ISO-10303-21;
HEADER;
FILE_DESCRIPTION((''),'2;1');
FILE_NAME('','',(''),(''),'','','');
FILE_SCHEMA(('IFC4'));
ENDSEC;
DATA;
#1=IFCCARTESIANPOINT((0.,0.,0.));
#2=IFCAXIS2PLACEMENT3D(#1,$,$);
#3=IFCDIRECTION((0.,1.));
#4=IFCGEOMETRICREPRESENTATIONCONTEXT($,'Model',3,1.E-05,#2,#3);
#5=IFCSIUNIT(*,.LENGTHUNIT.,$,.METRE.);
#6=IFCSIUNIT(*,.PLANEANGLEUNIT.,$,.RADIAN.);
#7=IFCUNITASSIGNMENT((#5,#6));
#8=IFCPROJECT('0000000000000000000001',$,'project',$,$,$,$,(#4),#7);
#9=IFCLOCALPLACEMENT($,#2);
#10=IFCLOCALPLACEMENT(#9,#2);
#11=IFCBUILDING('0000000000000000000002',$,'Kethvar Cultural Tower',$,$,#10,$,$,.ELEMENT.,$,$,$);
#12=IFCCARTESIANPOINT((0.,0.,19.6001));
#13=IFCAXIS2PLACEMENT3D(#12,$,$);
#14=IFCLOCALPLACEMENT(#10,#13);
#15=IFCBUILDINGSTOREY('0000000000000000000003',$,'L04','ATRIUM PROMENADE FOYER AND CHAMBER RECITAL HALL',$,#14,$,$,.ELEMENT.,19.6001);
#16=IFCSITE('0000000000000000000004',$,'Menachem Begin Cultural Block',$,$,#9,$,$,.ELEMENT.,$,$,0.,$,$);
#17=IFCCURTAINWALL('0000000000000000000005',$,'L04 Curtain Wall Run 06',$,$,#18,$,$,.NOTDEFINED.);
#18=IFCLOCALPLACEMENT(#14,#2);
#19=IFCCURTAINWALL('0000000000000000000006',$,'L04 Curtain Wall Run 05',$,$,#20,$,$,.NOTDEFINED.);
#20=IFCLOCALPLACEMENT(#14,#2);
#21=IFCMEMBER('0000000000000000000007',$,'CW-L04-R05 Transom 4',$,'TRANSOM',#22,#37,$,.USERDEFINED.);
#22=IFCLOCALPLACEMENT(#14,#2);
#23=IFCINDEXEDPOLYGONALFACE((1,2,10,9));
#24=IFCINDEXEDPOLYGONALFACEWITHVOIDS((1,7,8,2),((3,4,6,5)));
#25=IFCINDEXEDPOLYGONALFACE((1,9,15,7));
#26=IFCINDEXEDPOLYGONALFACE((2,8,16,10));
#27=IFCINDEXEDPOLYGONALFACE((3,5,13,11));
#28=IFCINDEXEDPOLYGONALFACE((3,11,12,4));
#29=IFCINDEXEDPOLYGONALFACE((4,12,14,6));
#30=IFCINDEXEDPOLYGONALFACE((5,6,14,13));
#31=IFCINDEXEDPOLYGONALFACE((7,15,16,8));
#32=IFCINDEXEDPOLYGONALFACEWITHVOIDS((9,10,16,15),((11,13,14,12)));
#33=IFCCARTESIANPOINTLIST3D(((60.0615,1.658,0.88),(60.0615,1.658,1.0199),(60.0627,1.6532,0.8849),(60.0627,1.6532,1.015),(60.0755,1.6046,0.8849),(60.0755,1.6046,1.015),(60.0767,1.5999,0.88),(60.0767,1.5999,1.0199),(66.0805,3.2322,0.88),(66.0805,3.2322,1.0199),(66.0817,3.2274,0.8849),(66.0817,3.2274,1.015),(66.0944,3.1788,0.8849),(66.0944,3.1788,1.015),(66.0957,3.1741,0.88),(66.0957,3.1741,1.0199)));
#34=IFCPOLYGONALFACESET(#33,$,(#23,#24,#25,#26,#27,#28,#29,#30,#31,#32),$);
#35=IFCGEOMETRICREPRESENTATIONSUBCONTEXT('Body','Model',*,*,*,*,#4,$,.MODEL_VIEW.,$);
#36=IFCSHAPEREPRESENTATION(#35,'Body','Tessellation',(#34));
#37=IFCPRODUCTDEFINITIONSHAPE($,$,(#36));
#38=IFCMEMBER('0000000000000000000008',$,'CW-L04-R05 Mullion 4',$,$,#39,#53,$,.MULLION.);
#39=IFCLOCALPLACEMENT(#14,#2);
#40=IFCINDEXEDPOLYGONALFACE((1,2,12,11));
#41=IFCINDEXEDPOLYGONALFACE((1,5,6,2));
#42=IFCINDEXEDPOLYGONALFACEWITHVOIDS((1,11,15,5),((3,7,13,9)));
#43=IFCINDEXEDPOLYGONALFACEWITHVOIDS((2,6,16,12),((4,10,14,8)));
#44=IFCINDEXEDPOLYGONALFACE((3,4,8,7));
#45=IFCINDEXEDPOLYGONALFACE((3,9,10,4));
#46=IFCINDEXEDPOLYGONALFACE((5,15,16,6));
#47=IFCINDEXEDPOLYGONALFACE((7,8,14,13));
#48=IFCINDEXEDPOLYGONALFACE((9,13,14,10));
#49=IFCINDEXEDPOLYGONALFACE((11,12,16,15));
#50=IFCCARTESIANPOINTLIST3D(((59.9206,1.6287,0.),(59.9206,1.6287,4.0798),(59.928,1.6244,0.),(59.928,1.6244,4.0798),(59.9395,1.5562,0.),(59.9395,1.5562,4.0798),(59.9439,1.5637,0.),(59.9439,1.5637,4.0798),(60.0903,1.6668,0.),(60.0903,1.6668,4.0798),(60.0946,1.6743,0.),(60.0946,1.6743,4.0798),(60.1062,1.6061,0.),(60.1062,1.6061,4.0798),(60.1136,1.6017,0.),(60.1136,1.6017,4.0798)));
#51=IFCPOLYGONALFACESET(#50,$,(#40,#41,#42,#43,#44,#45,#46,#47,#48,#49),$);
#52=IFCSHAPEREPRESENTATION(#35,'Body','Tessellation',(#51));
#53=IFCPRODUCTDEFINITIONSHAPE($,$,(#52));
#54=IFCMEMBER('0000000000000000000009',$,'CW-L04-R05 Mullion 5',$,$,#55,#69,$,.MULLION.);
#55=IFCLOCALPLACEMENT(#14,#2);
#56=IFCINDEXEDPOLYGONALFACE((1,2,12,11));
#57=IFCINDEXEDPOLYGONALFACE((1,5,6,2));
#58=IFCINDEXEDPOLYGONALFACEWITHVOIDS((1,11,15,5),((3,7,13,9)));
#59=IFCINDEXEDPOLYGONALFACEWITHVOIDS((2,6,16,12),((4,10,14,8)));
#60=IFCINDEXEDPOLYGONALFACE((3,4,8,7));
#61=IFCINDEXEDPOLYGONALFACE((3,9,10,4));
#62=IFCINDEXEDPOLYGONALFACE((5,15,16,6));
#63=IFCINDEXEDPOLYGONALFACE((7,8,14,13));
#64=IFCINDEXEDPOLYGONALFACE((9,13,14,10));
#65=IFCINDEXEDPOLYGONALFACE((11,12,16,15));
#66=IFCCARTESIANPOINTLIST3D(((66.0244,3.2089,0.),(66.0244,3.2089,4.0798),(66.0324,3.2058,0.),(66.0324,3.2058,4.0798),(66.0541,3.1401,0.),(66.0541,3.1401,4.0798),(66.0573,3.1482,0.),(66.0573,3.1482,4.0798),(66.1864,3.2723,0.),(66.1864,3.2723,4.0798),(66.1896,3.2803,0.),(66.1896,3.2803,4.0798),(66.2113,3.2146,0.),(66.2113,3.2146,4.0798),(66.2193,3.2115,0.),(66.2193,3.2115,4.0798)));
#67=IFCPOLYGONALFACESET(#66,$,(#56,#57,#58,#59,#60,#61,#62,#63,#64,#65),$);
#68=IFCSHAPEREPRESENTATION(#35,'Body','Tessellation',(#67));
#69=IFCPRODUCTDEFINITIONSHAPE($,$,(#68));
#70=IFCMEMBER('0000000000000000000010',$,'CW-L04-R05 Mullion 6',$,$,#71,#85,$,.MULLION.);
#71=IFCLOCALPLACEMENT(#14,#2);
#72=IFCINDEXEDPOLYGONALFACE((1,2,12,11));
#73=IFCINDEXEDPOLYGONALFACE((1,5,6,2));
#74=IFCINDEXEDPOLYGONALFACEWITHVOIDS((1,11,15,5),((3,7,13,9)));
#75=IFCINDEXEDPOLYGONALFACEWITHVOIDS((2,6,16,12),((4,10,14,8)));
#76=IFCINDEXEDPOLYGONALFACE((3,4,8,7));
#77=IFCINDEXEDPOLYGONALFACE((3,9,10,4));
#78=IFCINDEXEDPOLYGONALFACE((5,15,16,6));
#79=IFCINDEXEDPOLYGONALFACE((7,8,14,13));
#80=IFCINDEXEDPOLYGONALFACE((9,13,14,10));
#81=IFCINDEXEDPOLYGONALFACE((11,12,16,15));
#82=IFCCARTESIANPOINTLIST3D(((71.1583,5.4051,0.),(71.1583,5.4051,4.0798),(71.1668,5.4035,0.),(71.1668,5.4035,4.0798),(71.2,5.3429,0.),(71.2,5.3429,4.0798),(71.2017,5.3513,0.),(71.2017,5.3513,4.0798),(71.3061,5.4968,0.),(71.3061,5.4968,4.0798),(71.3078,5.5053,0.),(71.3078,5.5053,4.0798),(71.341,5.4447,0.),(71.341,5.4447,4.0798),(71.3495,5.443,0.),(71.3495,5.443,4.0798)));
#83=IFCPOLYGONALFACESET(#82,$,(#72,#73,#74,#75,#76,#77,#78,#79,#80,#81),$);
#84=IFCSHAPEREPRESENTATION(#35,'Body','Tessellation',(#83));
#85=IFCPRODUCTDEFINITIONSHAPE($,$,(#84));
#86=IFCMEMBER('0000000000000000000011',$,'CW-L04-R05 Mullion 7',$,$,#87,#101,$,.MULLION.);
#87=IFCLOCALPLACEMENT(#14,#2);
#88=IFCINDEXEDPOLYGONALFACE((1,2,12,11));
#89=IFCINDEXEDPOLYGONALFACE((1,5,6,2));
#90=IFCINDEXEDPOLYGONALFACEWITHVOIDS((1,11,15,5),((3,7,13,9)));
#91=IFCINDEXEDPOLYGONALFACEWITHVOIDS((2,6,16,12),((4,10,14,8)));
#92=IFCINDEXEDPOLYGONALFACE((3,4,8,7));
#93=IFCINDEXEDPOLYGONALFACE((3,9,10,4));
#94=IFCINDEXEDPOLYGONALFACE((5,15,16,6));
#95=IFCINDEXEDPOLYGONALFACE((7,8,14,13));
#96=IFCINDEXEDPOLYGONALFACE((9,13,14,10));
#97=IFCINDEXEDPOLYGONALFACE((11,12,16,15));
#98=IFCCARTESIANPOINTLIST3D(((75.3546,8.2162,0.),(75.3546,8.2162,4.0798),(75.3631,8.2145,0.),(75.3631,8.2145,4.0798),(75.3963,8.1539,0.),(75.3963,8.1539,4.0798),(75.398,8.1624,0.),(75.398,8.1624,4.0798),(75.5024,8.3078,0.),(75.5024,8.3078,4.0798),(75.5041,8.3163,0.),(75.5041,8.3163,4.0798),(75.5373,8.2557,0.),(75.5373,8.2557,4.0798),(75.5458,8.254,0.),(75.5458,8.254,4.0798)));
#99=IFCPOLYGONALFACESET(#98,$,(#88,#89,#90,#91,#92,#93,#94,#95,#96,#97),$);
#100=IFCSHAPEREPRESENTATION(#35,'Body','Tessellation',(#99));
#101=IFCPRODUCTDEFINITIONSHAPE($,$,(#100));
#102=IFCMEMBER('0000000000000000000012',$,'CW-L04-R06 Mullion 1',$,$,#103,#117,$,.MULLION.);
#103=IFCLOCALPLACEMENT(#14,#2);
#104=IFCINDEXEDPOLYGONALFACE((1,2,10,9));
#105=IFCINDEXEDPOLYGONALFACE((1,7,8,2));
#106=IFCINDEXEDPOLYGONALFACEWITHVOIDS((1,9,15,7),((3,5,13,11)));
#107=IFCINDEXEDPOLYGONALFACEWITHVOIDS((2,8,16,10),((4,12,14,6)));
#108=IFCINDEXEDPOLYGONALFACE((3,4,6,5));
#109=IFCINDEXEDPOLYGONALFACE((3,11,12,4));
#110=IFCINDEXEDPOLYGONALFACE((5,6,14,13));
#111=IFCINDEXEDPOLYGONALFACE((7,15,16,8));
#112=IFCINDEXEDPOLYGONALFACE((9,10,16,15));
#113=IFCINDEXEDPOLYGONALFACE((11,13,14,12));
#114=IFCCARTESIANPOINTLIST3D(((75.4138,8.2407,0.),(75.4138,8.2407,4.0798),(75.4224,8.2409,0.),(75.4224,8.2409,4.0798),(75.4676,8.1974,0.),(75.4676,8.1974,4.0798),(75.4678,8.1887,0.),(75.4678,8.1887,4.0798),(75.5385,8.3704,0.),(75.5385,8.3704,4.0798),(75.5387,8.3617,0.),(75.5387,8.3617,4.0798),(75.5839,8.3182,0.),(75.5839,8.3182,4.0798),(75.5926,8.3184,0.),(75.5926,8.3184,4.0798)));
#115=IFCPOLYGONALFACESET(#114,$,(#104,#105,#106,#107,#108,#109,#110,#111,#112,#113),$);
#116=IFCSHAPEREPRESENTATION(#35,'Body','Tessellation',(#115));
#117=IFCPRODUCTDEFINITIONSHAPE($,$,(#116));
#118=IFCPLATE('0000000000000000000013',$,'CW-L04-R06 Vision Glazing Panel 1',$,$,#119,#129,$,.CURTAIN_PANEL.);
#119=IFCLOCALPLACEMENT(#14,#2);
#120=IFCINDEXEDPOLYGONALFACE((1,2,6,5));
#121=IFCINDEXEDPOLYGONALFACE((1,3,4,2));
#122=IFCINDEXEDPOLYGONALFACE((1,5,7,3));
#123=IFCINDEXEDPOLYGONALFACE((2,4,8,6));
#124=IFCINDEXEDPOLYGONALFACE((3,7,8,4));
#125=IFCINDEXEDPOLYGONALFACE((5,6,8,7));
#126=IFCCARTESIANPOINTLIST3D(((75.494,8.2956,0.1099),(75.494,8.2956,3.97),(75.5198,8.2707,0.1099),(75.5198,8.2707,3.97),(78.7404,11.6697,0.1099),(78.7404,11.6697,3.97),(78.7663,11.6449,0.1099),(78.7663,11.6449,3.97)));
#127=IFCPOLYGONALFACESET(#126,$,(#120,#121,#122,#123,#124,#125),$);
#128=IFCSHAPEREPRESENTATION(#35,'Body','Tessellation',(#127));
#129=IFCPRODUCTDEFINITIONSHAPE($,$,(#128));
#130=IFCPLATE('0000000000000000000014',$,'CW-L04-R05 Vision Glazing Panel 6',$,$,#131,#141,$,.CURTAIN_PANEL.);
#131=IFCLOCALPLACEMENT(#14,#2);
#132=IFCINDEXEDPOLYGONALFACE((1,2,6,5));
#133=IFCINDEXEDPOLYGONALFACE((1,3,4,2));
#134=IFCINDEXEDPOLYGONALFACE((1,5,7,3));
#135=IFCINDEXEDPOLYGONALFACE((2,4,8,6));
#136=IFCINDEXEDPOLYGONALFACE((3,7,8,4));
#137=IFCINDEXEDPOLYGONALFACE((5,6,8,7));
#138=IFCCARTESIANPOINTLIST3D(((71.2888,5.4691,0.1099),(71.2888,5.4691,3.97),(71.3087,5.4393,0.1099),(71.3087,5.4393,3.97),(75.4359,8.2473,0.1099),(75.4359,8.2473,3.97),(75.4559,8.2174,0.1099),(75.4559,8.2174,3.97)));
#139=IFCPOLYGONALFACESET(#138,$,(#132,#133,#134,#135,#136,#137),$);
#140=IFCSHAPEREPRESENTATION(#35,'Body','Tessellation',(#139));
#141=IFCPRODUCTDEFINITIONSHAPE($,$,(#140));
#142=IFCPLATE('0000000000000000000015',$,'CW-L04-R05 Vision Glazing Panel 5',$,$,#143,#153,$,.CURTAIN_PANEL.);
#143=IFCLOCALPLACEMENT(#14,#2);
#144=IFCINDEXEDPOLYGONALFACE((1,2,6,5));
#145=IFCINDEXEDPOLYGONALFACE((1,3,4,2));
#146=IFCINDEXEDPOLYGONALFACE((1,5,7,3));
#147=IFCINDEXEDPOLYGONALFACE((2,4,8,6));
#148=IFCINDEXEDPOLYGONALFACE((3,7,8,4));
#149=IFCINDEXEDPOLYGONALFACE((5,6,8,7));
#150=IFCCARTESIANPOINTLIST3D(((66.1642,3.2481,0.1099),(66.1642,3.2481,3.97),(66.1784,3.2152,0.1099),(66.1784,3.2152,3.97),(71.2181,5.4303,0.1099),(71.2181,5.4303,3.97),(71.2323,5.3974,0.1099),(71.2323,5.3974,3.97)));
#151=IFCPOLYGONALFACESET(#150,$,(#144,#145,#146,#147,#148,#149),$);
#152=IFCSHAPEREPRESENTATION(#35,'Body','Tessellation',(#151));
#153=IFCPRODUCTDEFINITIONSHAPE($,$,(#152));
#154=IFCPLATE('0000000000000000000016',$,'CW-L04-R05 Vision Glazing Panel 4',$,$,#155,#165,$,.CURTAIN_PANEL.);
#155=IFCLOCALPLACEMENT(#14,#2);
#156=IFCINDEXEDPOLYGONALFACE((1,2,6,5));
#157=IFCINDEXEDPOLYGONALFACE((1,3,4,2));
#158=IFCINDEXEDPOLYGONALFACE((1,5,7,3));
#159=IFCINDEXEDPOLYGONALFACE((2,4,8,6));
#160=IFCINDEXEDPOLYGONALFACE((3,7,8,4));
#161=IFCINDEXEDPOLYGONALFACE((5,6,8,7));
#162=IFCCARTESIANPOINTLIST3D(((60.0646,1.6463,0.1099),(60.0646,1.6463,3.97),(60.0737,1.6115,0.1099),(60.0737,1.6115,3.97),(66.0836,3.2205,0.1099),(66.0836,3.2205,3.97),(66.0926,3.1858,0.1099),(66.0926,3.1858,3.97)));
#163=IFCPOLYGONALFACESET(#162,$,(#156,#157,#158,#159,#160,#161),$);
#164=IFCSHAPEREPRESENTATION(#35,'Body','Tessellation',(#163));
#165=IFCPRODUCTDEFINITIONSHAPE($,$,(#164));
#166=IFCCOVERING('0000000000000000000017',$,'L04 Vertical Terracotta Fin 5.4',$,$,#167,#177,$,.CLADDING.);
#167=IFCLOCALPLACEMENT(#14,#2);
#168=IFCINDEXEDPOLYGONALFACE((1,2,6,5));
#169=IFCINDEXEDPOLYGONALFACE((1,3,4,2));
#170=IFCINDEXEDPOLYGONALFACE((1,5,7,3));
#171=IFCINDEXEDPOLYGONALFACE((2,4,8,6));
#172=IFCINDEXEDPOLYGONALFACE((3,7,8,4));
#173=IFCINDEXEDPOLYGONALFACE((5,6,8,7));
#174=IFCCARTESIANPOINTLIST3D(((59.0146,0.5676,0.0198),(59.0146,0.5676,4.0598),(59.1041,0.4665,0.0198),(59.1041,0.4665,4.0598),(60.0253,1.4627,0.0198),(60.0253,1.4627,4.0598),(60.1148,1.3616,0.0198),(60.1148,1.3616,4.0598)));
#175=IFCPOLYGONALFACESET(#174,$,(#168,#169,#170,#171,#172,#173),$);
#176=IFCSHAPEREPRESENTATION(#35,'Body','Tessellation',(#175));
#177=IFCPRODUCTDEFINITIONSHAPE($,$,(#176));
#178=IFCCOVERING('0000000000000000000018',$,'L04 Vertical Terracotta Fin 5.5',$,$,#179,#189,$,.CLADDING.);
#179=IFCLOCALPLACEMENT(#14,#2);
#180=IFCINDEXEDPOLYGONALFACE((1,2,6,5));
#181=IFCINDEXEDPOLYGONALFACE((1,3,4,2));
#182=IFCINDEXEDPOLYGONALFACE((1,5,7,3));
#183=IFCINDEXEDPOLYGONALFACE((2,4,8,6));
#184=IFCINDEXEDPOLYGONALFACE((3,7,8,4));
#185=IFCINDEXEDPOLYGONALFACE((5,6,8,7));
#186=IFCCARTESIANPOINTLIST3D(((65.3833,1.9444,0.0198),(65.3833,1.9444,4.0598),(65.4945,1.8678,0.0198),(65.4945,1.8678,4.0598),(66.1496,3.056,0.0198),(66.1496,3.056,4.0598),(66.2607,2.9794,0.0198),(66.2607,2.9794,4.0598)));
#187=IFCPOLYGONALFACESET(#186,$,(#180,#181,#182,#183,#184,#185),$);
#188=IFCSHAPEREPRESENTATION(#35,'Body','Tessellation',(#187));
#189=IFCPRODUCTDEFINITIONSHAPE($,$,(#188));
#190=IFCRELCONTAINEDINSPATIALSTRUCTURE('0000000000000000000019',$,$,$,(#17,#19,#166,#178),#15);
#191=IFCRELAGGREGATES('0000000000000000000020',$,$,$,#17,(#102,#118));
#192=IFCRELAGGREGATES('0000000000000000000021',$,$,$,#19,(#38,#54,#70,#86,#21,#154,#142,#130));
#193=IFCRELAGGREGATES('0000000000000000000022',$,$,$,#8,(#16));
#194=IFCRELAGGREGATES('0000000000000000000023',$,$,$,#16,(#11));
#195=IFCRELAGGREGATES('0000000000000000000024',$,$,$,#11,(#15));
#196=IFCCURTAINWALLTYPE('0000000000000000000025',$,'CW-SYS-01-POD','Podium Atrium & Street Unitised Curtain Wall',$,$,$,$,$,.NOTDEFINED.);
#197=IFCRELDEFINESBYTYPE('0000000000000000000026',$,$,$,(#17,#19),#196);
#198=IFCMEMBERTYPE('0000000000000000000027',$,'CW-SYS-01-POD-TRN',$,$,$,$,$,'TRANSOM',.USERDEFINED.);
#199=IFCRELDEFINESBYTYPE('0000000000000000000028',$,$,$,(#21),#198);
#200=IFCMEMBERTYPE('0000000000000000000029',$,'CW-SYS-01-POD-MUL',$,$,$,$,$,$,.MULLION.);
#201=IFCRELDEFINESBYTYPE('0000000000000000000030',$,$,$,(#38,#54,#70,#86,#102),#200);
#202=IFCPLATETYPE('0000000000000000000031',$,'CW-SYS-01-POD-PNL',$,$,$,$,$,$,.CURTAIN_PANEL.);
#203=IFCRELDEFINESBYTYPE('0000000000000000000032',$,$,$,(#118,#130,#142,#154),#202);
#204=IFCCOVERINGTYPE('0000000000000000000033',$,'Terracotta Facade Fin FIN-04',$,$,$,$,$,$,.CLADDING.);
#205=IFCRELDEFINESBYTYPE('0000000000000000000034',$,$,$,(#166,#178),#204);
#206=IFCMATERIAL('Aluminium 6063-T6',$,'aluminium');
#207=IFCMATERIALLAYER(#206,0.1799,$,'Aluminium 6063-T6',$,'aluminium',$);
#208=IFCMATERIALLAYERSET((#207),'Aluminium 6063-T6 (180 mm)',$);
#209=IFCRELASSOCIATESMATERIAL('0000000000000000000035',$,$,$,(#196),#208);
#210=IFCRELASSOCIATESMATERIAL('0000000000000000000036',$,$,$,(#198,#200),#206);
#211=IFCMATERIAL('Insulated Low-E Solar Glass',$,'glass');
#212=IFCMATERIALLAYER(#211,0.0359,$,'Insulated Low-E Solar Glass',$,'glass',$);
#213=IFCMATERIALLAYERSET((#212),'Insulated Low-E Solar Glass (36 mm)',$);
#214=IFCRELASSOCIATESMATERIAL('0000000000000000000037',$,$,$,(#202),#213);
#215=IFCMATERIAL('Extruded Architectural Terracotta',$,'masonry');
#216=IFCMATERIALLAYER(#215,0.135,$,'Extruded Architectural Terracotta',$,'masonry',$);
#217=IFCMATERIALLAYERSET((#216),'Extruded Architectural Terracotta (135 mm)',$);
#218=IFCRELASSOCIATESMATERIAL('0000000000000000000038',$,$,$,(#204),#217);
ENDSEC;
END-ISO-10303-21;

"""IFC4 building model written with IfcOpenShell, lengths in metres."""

from ifc_helpers import new_model, si_unit, direction, frame, origin, origin_2d, place, context, subcontext, project, spatial, rectangle, hollow_rectangle, extrude, source, transform, mapped, material, layer, layer_set, material_profile, profile_set, type_object, element, aggregate, save


model = new_model("IFC4")

# Units and contexts
model_context = context("Model", 3, precision=1e-05, world=origin(), true_north=direction((0.0, 1.0)))
body_context = subcontext(model_context, "Body", "Model", "MODEL_VIEW")
ifc_project = project(units=[si_unit("LENGTHUNIT", "METRE"), si_unit("PLANEANGLEUNIT", "RADIAN")], contexts=[model_context])

# Site, building, storey
site_placement = place(None, origin())
site = spatial("IfcSite", under=ifc_project, at=site_placement, Name="Menachem Begin Cultural Block", CompositionType="ELEMENT", RefElevation=0.0)
building_placement = place(site_placement, origin())
building = spatial("IfcBuilding", under=site, at=building_placement, Name="Kethvar Cultural Tower", CompositionType="ELEMENT")
storey_placement = place(building_placement, frame((0.0, 0.0, 19.6001)))
storey = spatial("IfcBuildingStorey", under=building, at=storey_placement, Name="L04", Description="ATRIUM PROMENADE FOYER AND CHAMBER RECITAL HALL", CompositionType="ELEMENT", Elevation=19.6001)

# Curtain wall
ifc_material_1 = material(Name="Aluminium 6063-T6", Category="aluminium")
ifc_layer_1 = layer(ifc_material_1, 0.1799, Name="Aluminium 6063-T6", Category="aluminium")
ifc_layer_set_1 = layer_set([ifc_layer_1], Name="Aluminium 6063-T6 (180 mm)")
curtain_wall_type = type_object("IfcCurtainWallType", Name="CW-SYS-01-POD", Description="Podium Atrium & Street Unitised Curtain Wall", PredefinedType="NOTDEFINED", material=ifc_layer_set_1)
curtain_wall_1_placement = place(storey_placement, origin())
curtain_wall_1 = element("IfcCurtainWall", 1, at=curtain_wall_1_placement, inside=storey, type_object=curtain_wall_type, Name="L04 Curtain Wall Run 06", PredefinedType="NOTDEFINED")
ifc_material_profile_1 = material_profile(ifc_material_1, hollow_rectangle(XDim=0.0601, YDim=0.1399, WallThickness=0.0049, at=origin_2d()), Name="Aluminium 6063-T6 — RHS140x60x5")
ifc_profile_set_1 = profile_set([ifc_material_profile_1], Name="Aluminium 6063-T6 — RHS140x60x5")
member_type_1 = type_object("IfcMemberType", Name="CW-SYS-01-POD-TRN", ElementType="TRANSOM", PredefinedType="USERDEFINED", material=ifc_profile_set_1)

# Curtain wall, members
curtain_wall_2_placement = place(storey_placement, origin())
curtain_wall_2 = element("IfcCurtainWall", 2, at=curtain_wall_2_placement, inside=storey, type_object=curtain_wall_type, Name="L04 Curtain Wall Run 05", PredefinedType="NOTDEFINED")
shared_shape_1 = source(origin(), body_context, "Body", "SweptSolid", [
    extrude(hollow_rectangle(XDim=0.0601, YDim=0.1399, WallThickness=0.0049, at=origin_2d()), origin(), (0.0, 0.0, 1.0), 6.2214),
])
member_1_placement = place(storey_placement, frame((60.0691, 1.6289, 0.95), z_axis=(0.967459, 0.253029, 0.0), x_axis=(-0.253029, 0.967459, 0.0)))
member_1 = element("IfcMember", 3, at=member_1_placement, type_object=member_type_1, Name="CW-L04-R05 Transom 4", ObjectType="TRANSOM", PredefinedType="USERDEFINED", context=body_context, shape_type="MappedRepresentation", body=[
    mapped(shared_shape_1, transform((0.0, 0.0, 0.0), scale=1.0)),
])
ifc_material_profile_2 = material_profile(ifc_material_1, hollow_rectangle(XDim=0.075, YDim=0.1799, WallThickness=0.0061, at=origin_2d()), Name="Aluminium 6063-T6 — RHS180x75x6")
ifc_profile_set_2 = profile_set([ifc_material_profile_2], Name="Aluminium 6063-T6 — RHS180x75x6")
member_type_2 = type_object("IfcMemberType", Name="CW-SYS-01-POD-MUL", PredefinedType="MULLION", material=ifc_profile_set_2)
shared_shape_2 = source(origin(), body_context, "Body", "SweptSolid", [
    extrude(hollow_rectangle(XDim=0.075, YDim=0.1799, WallThickness=0.0061, at=origin_2d()), origin(), (0.0, 0.0, 1.0), 4.0798),
])
member_2_placement = place(storey_placement, frame((60.0171, 1.6152, 0.0), z_axis=(0.0, 0.0, 1.0), x_axis=(-0.253032, 0.967458, 0.0)))
member_2 = element("IfcMember", 4, at=member_2_placement, type_object=member_type_2, Name="CW-L04-R05 Mullion 4", PredefinedType="MULLION", context=body_context, shape_type="MappedRepresentation", body=[
    mapped(shared_shape_2, transform((0.0, 0.0, 0.0), scale=1.0)),
])
member_3_placement = place(storey_placement, frame((66.1218, 3.2102, 0.0), z_axis=(0.0, 0.0, 1.0), x_axis=(-0.396411, 0.918073, 0.0)))
member_3 = element("IfcMember", 5, at=member_3_placement, type_object=member_type_2, Name="CW-L04-R05 Mullion 5", PredefinedType="MULLION", context=body_context, shape_type="MappedRepresentation", body=[
    mapped(shared_shape_2, transform((0.0, 0.0, 0.0), scale=1.0)),
])
member_4_placement = place(storey_placement, frame((71.2539, 5.4241, 0.0), z_axis=(0.0, 0.0, 1.0), x_axis=(-0.556557, 0.83081, 0.0)))
member_4 = element("IfcMember", 6, at=member_4_placement, type_object=member_type_2, Name="CW-L04-R05 Mullion 6", PredefinedType="MULLION", context=body_context, shape_type="MappedRepresentation", body=[
    mapped(shared_shape_2, transform((0.0, 0.0, 0.0), scale=1.0)),
])
member_5_placement = place(storey_placement, frame((75.4502, 8.2351, 0.0), z_axis=(0.0, 0.0, 1.0), x_axis=(-0.556557, 0.83081, 0.0)))
member_5 = element("IfcMember", 7, at=member_5_placement, type_object=member_type_2, Name="CW-L04-R05 Mullion 7", PredefinedType="MULLION", context=body_context, shape_type="MappedRepresentation", body=[
    mapped(shared_shape_2, transform((0.0, 0.0, 0.0), scale=1.0)),
])

# Member
member_6_placement = place(storey_placement, frame((75.5032, 8.2795, 0.0), z_axis=(0.0, 0.0, 1.0), x_axis=(-0.720612, 0.693339, 0.0)))
member_6 = element("IfcMember", 8, at=member_6_placement, type_object=member_type_2, Name="CW-L04-R06 Mullion 1", PredefinedType="MULLION", context=body_context, shape_type="MappedRepresentation", body=[
    mapped(shared_shape_2, transform((0.0, 0.0, 0.0), scale=1.0)),
])

# Plates
ifc_material_2 = material(Name="Insulated Low-E Solar Glass", Category="glass")
ifc_layer_2 = layer(ifc_material_2, 0.0359, Name="Insulated Low-E Solar Glass", Category="glass")
ifc_layer_set_2 = layer_set([ifc_layer_2], Name="Insulated Low-E Solar Glass (36 mm)")
plate_type = type_object("IfcPlateType", Name="CW-SYS-01-POD-PNL", PredefinedType="CURTAIN_PANEL", material=ifc_layer_set_2)
shared_shape_3 = source(origin(), body_context, "Body", "SweptSolid", [
    extrude(rectangle(XDim=4.6824, YDim=0.0359, at=origin_2d()), origin(), (0.0, 0.0, 1.0), 3.8601),
])
plate_1_placement = place(storey_placement, frame((77.1301, 9.9702, 0.1099), z_axis=(0.0, 0.0, 1.0), x_axis=(0.693339, 0.720612, 0.0)))
plate_1 = element("IfcPlate", 9, at=plate_1_placement, type_object=plate_type, Name="CW-L04-R06 Vision Glazing Panel 1", PredefinedType="CURTAIN_PANEL", context=body_context, shape_type="MappedRepresentation", body=[
    mapped(shared_shape_3, transform((0.0, 0.0, 0.0), scale=1.0)),
])
aggregate(curtain_wall_1, [member_6, plate_1])
shared_shape_4 = source(origin(), body_context, "Body", "SweptSolid", [
    extrude(rectangle(XDim=4.9917, YDim=0.0359, at=origin_2d()), origin(), (0.0, 0.0, 1.0), 3.8601),
])
plate_2_placement = place(storey_placement, frame((73.3723, 6.8433, 0.1099), z_axis=(0.0, 0.0, 1.0), x_axis=(0.83081, 0.556557, 0.0)))
plate_2 = element("IfcPlate", 10, at=plate_2_placement, type_object=plate_type, Name="CW-L04-R05 Vision Glazing Panel 6", PredefinedType="CURTAIN_PANEL", context=body_context, shape_type="MappedRepresentation", body=[
    mapped(shared_shape_4, transform((0.0, 0.0, 0.0), scale=1.0)),
])
shared_shape_5 = source(origin(), body_context, "Body", "SweptSolid", [
    extrude(rectangle(XDim=5.5049, YDim=0.0359, at=origin_2d()), origin(), (0.0, 0.0, 1.0), 3.8601),
])
plate_3_placement = place(storey_placement, frame((68.6982, 4.3228, 0.1099), z_axis=(0.0, 0.0, 1.0), x_axis=(0.918073, 0.396411, 0.0)))
plate_3 = element("IfcPlate", 11, at=plate_3_placement, type_object=plate_type, Name="CW-L04-R05 Vision Glazing Panel 5", PredefinedType="CURTAIN_PANEL", context=body_context, shape_type="MappedRepresentation", body=[
    mapped(shared_shape_5, transform((0.0, 0.0, 0.0), scale=1.0)),
])
shared_shape_6 = source(origin(), body_context, "Body", "SweptSolid", [
    extrude(rectangle(XDim=6.2214, YDim=0.0359, at=origin_2d()), origin(), (0.0, 0.0, 1.0), 3.8601),
])
plate_4_placement = place(storey_placement, frame((63.0786, 2.416, 0.1099), z_axis=(0.0, 0.0, 1.0), x_axis=(0.967458, 0.253032, 0.0)))
plate_4 = element("IfcPlate", 12, at=plate_4_placement, type_object=plate_type, Name="CW-L04-R05 Vision Glazing Panel 4", PredefinedType="CURTAIN_PANEL", context=body_context, shape_type="MappedRepresentation", body=[
    mapped(shared_shape_6, transform((0.0, 0.0, 0.0), scale=1.0)),
])
aggregate(curtain_wall_2, [member_2, member_3, member_4, member_5, member_1, plate_4, plate_3, plate_2])

# Coverings
ifc_material_3 = material(Name="Extruded Architectural Terracotta", Category="masonry")
ifc_layer_3 = layer(ifc_material_3, 0.135, Name="Extruded Architectural Terracotta", Category="masonry")
ifc_layer_set_3 = layer_set([ifc_layer_3], Name="Extruded Architectural Terracotta (135 mm)")
covering_type = type_object("IfcCoveringType", Name="Terracotta Facade Fin FIN-04", PredefinedType="CLADDING", material=ifc_layer_set_3)
shared_shape_7 = source(origin(), body_context, "Body", "SweptSolid", [
    extrude(rectangle(XDim=1.3501, YDim=0.135, at=origin_2d()), origin(), (0.0, 0.0, 1.0), 4.04),
])
for number, where, z_axis, x_axis, name in (
    (13, (59.5647, 0.9646, 0.0198), (0.0, 0.0, 1.0), (-0.748609, -0.663012, 0.0), "L04 Vertical Terracotta Fin 5.4"),
    (14, (65.822, 2.4619, 0.0198), (0.0, 0.0, 1.0), (-0.567556, -0.823335, 0.0), "L04 Vertical Terracotta Fin 5.5"),
):
    element("IfcCovering", number, at=place(storey_placement, frame(where, z_axis=z_axis, x_axis=x_axis)), inside=storey, type_object=covering_type, Name=name, PredefinedType="CLADDING", context=body_context, shape_type="MappedRepresentation", body=[
        mapped(shared_shape_7, transform((0.0, 0.0, 0.0), scale=1.0)),
    ])

save(model, "model.ifc")
